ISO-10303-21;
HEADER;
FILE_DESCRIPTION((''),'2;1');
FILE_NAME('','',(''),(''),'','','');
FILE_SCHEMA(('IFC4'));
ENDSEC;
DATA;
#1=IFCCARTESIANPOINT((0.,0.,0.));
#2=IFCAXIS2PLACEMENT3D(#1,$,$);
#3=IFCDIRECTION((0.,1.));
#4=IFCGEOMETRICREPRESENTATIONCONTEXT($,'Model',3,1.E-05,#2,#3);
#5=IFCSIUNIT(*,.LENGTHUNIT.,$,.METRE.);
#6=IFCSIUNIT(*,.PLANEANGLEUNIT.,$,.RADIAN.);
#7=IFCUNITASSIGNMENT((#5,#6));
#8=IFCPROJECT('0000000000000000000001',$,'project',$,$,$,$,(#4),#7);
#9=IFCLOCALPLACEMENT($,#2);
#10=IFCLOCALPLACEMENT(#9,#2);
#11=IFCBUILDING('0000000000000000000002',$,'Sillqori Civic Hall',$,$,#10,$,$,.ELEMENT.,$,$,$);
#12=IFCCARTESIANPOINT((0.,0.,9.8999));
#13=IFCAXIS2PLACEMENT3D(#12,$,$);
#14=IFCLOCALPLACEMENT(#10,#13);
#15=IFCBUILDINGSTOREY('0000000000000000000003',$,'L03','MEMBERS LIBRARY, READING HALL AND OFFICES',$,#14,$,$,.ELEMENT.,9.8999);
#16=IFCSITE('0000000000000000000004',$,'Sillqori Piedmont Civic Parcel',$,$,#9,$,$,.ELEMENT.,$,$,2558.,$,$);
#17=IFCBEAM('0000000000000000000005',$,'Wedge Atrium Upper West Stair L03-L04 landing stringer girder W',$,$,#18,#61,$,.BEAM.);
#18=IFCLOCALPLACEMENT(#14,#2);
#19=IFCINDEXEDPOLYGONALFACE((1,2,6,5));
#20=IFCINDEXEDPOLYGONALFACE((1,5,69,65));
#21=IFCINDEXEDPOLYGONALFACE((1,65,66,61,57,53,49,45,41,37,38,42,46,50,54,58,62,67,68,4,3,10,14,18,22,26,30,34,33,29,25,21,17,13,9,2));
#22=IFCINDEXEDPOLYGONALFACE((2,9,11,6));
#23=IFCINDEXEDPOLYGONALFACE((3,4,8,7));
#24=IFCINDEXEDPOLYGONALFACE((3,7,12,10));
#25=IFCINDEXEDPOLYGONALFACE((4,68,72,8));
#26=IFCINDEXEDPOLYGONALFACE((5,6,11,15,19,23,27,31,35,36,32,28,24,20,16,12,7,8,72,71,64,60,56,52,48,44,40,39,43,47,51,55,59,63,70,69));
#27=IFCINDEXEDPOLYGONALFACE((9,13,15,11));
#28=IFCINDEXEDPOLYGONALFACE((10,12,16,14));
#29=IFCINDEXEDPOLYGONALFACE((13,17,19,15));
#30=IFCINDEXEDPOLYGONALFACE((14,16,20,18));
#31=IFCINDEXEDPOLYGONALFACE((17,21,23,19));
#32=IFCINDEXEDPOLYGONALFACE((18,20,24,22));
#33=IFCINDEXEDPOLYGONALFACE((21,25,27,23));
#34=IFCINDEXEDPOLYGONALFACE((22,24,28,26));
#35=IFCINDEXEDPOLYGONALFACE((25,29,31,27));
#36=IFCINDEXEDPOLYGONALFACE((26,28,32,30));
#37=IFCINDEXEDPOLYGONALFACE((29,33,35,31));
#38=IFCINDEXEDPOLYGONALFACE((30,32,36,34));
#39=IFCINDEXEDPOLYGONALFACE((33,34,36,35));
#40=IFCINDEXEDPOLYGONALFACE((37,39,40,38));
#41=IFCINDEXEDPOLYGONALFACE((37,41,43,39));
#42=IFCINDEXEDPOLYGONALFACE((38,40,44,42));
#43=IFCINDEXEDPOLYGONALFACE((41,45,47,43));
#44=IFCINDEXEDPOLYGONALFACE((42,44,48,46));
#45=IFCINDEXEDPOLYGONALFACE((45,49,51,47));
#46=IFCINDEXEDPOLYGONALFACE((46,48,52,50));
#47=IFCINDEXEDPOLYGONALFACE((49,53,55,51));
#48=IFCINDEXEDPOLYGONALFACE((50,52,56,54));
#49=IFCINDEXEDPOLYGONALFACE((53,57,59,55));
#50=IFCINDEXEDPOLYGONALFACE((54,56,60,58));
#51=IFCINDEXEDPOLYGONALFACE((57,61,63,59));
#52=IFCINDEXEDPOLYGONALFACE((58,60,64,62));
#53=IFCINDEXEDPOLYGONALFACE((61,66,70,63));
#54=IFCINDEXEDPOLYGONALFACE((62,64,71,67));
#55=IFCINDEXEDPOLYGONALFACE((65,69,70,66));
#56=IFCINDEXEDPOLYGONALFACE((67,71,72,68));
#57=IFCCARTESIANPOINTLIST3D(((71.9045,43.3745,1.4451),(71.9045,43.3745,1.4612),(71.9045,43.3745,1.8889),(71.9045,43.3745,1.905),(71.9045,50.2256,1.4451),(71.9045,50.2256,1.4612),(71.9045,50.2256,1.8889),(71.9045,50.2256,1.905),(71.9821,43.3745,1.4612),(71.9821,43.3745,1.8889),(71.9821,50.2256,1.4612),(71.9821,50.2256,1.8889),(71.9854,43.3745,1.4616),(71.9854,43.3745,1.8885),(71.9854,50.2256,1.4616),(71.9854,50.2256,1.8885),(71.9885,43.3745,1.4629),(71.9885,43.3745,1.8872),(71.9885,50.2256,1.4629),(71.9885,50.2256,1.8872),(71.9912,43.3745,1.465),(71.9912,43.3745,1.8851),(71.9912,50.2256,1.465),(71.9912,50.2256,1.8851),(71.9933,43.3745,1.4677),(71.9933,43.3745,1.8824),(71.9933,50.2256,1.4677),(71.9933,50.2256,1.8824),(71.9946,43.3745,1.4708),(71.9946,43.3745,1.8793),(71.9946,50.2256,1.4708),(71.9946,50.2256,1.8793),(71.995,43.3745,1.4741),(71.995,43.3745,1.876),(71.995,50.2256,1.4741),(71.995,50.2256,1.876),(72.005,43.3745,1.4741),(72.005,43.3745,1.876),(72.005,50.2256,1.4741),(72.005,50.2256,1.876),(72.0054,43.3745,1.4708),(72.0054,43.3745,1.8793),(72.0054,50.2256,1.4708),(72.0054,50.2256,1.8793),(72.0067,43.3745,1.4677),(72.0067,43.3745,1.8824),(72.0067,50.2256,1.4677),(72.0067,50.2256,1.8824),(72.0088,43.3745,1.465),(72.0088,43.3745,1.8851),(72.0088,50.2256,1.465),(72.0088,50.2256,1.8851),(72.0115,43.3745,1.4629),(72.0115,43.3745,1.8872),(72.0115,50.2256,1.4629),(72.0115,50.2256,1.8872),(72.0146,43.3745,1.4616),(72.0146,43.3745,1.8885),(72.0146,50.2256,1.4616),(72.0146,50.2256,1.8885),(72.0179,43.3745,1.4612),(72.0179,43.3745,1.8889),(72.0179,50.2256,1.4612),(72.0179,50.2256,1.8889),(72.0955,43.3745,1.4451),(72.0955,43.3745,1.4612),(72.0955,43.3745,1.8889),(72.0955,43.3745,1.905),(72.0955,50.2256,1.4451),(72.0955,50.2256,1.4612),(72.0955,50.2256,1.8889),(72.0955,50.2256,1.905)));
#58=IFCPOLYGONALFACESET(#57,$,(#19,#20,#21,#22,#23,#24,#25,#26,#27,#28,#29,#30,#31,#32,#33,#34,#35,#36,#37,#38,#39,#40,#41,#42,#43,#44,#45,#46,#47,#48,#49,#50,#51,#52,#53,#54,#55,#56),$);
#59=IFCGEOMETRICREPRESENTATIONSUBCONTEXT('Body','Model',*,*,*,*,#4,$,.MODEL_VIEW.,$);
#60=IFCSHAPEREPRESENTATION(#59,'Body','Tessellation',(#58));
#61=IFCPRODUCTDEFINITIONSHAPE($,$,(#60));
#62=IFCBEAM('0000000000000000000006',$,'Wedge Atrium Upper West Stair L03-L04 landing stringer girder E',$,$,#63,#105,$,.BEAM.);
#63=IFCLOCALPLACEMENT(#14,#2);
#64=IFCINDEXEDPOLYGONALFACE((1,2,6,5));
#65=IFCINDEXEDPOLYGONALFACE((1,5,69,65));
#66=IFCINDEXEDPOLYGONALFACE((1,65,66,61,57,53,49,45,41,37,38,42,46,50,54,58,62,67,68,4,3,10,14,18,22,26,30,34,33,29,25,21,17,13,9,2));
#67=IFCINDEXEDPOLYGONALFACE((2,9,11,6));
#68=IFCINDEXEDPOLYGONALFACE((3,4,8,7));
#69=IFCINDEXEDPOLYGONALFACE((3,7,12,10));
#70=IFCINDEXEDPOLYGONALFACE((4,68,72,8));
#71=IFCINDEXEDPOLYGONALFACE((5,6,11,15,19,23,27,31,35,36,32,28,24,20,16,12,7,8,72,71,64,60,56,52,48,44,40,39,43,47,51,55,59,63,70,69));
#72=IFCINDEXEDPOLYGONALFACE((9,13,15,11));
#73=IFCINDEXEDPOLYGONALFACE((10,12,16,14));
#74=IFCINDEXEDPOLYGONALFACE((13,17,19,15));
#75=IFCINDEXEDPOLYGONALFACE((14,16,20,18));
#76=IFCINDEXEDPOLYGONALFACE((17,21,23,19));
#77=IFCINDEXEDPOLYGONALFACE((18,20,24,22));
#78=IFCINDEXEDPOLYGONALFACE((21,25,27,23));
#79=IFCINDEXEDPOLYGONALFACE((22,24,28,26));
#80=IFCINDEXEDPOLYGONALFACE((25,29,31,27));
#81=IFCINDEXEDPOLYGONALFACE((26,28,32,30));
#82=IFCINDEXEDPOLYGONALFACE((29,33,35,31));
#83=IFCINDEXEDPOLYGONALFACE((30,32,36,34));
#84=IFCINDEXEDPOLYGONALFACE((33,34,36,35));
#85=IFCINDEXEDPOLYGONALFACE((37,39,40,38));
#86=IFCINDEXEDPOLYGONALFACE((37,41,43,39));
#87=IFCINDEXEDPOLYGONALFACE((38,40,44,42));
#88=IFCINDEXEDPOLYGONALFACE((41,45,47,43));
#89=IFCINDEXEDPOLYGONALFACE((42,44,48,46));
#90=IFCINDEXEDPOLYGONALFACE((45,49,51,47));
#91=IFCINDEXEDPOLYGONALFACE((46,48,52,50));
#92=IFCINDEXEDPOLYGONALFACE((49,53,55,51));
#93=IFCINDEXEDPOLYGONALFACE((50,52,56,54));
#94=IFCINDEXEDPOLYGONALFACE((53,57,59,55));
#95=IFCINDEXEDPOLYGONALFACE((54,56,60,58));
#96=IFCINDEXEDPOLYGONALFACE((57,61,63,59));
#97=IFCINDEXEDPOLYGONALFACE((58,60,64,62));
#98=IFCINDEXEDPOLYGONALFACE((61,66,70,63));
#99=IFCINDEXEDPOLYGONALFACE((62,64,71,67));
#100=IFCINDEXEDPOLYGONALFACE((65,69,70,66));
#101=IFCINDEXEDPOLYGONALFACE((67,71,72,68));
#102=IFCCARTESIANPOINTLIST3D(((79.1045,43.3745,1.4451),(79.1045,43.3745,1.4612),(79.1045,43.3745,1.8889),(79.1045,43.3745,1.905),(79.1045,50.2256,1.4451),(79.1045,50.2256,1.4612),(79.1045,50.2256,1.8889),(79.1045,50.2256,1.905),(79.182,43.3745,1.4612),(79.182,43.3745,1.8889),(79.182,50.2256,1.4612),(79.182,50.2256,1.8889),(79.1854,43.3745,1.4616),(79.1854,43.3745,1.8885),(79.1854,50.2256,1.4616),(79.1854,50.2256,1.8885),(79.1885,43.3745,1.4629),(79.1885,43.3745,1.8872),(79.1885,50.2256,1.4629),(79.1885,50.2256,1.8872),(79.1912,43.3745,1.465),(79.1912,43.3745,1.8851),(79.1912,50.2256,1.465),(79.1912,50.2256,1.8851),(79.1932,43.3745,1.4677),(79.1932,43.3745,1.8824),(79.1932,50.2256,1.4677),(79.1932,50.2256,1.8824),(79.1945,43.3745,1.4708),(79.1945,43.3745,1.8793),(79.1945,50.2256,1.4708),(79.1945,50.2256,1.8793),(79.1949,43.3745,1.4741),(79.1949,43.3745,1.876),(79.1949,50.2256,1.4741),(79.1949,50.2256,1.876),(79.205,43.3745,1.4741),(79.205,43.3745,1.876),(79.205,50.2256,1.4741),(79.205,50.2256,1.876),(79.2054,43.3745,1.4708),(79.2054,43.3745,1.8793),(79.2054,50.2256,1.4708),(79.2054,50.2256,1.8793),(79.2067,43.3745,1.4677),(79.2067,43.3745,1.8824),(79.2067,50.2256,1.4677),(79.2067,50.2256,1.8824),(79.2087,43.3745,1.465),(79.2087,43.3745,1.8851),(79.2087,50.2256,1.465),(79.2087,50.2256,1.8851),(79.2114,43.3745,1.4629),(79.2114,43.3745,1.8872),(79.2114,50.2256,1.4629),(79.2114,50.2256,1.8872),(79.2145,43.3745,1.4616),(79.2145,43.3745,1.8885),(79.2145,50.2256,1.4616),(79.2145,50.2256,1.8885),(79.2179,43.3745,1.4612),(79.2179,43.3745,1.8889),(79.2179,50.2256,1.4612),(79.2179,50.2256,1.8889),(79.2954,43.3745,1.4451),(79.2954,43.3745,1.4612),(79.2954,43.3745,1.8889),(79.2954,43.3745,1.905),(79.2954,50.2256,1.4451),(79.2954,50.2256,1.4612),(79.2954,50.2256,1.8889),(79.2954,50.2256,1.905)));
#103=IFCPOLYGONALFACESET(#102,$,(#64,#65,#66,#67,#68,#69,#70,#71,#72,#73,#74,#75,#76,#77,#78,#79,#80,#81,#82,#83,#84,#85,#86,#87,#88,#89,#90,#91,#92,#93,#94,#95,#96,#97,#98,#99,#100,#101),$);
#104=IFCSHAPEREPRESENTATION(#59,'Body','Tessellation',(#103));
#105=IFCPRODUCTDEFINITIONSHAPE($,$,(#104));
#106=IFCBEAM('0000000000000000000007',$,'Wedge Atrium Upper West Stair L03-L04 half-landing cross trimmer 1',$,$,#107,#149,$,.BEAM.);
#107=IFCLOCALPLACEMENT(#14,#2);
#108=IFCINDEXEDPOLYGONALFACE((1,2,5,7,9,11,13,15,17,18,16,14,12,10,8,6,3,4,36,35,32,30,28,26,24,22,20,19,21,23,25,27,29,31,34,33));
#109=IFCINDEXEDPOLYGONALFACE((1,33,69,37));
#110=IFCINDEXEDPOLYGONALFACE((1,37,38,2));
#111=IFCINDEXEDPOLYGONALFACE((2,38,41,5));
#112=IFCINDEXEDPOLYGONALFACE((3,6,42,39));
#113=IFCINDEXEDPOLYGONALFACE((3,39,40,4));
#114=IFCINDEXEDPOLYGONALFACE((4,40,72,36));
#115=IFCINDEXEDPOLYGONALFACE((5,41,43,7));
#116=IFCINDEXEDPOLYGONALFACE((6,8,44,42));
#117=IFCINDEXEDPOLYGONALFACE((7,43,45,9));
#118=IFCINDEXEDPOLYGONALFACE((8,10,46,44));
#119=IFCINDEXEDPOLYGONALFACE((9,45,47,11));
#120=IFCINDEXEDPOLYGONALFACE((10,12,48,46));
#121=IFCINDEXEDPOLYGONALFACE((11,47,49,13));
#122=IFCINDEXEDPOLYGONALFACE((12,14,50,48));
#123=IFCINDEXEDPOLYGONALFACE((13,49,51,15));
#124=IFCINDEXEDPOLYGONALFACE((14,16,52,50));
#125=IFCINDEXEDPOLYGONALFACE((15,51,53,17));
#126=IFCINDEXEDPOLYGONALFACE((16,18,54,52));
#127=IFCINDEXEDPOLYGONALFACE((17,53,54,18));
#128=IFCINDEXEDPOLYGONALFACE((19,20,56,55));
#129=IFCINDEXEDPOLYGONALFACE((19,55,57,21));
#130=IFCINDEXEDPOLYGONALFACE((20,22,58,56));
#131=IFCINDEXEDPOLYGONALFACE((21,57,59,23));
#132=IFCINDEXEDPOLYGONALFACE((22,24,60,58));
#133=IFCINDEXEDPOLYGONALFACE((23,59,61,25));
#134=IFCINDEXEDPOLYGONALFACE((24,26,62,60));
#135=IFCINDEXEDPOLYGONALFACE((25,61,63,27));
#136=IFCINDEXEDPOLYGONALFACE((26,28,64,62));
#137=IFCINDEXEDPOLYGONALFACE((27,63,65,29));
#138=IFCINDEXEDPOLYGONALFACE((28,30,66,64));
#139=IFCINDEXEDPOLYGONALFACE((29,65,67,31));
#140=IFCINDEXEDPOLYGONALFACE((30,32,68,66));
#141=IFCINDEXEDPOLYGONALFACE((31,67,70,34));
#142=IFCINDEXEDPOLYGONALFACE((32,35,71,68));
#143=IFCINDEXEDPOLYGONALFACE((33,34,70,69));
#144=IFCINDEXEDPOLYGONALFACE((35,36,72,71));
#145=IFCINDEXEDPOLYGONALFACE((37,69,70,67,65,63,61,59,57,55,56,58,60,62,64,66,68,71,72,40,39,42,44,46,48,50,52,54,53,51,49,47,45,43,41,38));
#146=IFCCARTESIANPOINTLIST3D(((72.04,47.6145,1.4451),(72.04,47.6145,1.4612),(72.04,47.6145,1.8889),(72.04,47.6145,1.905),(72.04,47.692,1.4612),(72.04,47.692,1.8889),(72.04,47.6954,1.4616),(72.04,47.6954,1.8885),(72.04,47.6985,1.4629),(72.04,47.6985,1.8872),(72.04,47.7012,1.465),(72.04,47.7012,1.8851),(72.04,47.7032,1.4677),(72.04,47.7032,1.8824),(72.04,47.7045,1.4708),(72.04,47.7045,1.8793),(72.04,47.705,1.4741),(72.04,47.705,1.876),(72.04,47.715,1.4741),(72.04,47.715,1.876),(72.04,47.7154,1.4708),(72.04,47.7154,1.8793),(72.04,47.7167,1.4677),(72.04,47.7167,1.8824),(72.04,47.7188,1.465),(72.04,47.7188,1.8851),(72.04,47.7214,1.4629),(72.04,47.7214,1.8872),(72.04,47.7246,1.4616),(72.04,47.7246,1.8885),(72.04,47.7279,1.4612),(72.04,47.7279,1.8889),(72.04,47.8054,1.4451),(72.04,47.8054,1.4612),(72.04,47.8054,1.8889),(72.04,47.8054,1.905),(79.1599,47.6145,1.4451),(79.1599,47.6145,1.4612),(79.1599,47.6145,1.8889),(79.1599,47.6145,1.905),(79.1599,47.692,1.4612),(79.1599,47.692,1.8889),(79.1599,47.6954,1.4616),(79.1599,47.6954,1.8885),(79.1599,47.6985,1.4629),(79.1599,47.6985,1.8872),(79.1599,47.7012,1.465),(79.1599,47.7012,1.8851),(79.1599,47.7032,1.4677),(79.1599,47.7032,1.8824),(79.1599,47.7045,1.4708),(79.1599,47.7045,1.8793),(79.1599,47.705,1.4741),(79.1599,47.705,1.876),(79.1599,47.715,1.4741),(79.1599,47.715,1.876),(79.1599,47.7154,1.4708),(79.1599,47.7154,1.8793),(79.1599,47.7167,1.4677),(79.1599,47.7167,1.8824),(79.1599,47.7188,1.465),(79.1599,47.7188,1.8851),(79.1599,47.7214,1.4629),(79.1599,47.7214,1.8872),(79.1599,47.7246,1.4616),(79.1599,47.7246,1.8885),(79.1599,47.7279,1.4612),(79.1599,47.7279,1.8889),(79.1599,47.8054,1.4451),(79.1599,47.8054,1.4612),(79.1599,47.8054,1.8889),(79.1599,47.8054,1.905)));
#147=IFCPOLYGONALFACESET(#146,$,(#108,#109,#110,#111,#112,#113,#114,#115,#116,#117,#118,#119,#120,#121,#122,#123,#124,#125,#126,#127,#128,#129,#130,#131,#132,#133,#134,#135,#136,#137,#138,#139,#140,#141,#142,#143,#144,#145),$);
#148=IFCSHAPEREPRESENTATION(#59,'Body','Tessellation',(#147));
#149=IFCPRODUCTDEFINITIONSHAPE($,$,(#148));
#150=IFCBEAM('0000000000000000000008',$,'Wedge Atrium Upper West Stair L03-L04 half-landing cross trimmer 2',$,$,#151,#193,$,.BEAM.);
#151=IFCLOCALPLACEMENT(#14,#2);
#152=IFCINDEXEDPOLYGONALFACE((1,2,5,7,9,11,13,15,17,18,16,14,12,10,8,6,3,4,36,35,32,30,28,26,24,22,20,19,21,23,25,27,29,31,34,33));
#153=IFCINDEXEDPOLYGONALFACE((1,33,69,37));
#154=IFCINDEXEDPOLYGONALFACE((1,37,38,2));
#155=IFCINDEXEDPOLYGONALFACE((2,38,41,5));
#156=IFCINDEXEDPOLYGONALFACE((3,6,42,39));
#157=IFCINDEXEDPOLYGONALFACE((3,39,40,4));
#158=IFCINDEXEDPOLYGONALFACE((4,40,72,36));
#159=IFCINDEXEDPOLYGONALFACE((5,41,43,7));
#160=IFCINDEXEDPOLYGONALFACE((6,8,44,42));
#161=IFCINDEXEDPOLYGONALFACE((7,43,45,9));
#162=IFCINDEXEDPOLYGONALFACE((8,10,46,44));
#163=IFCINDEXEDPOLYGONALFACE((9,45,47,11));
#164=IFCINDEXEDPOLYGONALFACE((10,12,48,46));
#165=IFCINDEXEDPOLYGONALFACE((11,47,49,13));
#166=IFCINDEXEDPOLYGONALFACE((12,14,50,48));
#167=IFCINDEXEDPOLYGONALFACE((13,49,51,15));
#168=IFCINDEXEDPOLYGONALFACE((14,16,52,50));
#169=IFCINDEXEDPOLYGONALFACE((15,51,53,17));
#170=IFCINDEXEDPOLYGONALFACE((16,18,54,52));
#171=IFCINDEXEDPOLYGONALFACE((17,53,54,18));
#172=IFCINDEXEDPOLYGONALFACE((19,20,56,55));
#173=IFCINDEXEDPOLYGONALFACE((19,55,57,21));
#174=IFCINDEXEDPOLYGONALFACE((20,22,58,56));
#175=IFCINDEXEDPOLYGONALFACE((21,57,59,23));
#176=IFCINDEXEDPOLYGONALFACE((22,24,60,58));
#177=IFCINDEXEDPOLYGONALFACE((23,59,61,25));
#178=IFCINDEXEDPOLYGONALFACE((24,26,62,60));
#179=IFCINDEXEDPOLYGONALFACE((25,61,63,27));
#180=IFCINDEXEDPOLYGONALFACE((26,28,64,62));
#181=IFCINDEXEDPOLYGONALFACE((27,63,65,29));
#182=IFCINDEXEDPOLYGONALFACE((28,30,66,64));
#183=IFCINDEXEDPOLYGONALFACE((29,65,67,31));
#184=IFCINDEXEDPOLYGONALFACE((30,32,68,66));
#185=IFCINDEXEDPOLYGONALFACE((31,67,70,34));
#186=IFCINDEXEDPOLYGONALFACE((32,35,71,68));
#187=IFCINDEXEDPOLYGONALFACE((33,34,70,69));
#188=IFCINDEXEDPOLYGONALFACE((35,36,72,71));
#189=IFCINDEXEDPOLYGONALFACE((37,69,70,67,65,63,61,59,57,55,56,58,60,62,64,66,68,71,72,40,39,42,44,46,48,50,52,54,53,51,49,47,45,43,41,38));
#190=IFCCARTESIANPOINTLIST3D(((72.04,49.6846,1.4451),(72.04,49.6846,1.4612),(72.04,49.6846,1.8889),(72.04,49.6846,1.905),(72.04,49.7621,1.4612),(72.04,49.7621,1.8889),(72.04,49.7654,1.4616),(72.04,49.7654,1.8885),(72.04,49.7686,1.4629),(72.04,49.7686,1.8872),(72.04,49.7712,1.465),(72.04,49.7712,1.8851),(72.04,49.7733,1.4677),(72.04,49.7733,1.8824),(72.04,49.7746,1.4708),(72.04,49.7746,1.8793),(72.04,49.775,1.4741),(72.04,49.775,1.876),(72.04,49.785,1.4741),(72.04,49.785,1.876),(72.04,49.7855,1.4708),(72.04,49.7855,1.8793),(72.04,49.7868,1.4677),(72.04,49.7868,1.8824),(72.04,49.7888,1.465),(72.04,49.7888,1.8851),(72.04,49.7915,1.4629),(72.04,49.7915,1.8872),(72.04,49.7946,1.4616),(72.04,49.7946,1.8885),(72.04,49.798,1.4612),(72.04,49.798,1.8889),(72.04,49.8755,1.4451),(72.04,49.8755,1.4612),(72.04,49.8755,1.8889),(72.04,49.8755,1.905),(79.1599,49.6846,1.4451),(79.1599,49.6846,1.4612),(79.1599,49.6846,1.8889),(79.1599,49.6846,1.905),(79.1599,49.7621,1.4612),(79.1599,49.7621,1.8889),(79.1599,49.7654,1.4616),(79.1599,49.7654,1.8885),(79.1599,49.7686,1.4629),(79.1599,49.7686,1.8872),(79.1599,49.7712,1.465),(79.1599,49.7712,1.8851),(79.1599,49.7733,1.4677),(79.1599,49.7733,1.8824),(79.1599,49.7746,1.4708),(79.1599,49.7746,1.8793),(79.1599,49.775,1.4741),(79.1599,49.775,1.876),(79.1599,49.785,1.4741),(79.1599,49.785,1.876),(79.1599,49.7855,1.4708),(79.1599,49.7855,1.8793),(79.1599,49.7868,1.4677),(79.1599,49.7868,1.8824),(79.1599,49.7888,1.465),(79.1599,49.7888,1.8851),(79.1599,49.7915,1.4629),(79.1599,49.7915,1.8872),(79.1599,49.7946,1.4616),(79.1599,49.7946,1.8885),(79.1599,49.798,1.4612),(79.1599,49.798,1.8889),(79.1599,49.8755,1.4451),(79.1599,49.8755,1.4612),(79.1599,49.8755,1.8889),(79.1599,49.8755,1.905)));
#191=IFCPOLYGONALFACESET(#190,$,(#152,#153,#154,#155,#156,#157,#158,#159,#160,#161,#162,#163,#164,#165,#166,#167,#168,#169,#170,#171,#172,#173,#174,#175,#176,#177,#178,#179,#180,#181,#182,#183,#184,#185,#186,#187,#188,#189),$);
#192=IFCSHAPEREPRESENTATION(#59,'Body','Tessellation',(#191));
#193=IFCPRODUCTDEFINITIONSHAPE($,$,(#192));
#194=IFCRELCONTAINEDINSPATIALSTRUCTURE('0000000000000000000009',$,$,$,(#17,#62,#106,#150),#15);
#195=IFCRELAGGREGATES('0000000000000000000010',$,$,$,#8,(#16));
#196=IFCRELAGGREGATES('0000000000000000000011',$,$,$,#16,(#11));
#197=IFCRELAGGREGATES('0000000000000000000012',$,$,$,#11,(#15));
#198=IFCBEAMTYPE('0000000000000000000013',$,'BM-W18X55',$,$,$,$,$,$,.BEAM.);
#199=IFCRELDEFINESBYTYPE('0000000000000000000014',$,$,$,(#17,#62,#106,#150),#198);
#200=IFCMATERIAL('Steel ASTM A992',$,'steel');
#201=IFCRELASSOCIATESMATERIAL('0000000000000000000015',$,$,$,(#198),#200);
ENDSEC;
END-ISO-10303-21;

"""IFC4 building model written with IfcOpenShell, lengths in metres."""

from ifc_helpers import new_model, si_unit, direction, frame, origin, origin_2d, place, context, subcontext, project, spatial, i_section, extrude, material, material_profile, profile_set, type_object, element, save


model = new_model("IFC4")

# Units and contexts
model_context = context("Model", 3, precision=1e-05, world=origin(), true_north=direction((0.0, 1.0)))
body_context = subcontext(model_context, "Body", "Model", "MODEL_VIEW")
ifc_project = project(units=[si_unit("LENGTHUNIT", "METRE"), si_unit("PLANEANGLEUNIT", "RADIAN")], contexts=[model_context])

# Site, building, storey
site_placement = place(None, origin())
site = spatial("IfcSite", under=ifc_project, at=site_placement, Name="Sillqori Piedmont Civic Parcel", CompositionType="ELEMENT", RefElevation=2558.0)
building_placement = place(site_placement, origin())
building = spatial("IfcBuilding", under=site, at=building_placement, Name="Sillqori Civic Hall", CompositionType="ELEMENT")
storey_placement = place(building_placement, frame((0.0, 0.0, 9.8999)))
storey = spatial("IfcBuildingStorey", under=building, at=storey_placement, Name="L03", Description="MEMBERS LIBRARY, READING HALL AND OFFICES", CompositionType="ELEMENT", Elevation=9.8999)

# Shared definitions
ifc_material_1 = material(Name="Steel ASTM A992", Category="steel")

# Beams
ifc_material_profile_1 = material_profile(ifc_material_1, i_section(OverallWidth=0.1909, OverallDepth=0.46, WebThickness=0.01, FlangeThickness=0.0161, FilletRadius=0.0129, at=origin_2d()), Name="W18X55")
ifc_profile_set_1 = profile_set([ifc_material_profile_1], Name="Steel ASTM A992")
beam_type_1 = type_object("IfcBeamType", Name="BM-W18X55", PredefinedType="BEAM", material=ifc_profile_set_1)
for number, where, z_axis, x_axis, name in (
    (1, (72.0, 43.3745, 1.675), (0.0, 1.0, 0.0), (-1.0, 0.0, 0.0), "Wedge Atrium Upper West Stair L03-L04 landing stringer girder W"),
    (2, (79.2, 43.3745, 1.675), (0.0, 1.0, 0.0), (-1.0, 0.0, 0.0), "Wedge Atrium Upper West Stair L03-L04 landing stringer girder E"),
):
    element("IfcBeam", number, at=place(storey_placement, frame(where, z_axis=z_axis, x_axis=x_axis)), inside=storey, type_object=beam_type_1, Name=name, PredefinedType="BEAM", context=body_context, shape_type="SweptSolid", body=[
        extrude(i_section(OverallWidth=0.1909, OverallDepth=0.46, WebThickness=0.01, FlangeThickness=0.0161, FilletRadius=0.0129, at=origin_2d()), origin(), (0.0, 0.0, 1.0), 6.8511),
    ])
for number, where, z_axis, x_axis, name in (
    (3, (72.04, 47.71, 1.675), (1.0, 0.0, 0.0), (0.0, 1.0, 0.0), "Wedge Atrium Upper West Stair L03-L04 half-landing cross trimmer 1"),
    (4, (72.04, 49.78, 1.675), (1.0, 0.0, 0.0), (0.0, 1.0, 0.0), "Wedge Atrium Upper West Stair L03-L04 half-landing cross trimmer 2"),
):
    element("IfcBeam", number, at=place(storey_placement, frame(where, z_axis=z_axis, x_axis=x_axis)), inside=storey, type_object=beam_type_1, Name=name, PredefinedType="BEAM", context=body_context, shape_type="SweptSolid", body=[
        extrude(i_section(OverallWidth=0.1909, OverallDepth=0.46, WebThickness=0.01, FlangeThickness=0.0161, FilletRadius=0.0129, at=origin_2d()), origin(), (0.0, 0.0, 1.0), 7.1199),
    ])

save(model, "model.ifc")
